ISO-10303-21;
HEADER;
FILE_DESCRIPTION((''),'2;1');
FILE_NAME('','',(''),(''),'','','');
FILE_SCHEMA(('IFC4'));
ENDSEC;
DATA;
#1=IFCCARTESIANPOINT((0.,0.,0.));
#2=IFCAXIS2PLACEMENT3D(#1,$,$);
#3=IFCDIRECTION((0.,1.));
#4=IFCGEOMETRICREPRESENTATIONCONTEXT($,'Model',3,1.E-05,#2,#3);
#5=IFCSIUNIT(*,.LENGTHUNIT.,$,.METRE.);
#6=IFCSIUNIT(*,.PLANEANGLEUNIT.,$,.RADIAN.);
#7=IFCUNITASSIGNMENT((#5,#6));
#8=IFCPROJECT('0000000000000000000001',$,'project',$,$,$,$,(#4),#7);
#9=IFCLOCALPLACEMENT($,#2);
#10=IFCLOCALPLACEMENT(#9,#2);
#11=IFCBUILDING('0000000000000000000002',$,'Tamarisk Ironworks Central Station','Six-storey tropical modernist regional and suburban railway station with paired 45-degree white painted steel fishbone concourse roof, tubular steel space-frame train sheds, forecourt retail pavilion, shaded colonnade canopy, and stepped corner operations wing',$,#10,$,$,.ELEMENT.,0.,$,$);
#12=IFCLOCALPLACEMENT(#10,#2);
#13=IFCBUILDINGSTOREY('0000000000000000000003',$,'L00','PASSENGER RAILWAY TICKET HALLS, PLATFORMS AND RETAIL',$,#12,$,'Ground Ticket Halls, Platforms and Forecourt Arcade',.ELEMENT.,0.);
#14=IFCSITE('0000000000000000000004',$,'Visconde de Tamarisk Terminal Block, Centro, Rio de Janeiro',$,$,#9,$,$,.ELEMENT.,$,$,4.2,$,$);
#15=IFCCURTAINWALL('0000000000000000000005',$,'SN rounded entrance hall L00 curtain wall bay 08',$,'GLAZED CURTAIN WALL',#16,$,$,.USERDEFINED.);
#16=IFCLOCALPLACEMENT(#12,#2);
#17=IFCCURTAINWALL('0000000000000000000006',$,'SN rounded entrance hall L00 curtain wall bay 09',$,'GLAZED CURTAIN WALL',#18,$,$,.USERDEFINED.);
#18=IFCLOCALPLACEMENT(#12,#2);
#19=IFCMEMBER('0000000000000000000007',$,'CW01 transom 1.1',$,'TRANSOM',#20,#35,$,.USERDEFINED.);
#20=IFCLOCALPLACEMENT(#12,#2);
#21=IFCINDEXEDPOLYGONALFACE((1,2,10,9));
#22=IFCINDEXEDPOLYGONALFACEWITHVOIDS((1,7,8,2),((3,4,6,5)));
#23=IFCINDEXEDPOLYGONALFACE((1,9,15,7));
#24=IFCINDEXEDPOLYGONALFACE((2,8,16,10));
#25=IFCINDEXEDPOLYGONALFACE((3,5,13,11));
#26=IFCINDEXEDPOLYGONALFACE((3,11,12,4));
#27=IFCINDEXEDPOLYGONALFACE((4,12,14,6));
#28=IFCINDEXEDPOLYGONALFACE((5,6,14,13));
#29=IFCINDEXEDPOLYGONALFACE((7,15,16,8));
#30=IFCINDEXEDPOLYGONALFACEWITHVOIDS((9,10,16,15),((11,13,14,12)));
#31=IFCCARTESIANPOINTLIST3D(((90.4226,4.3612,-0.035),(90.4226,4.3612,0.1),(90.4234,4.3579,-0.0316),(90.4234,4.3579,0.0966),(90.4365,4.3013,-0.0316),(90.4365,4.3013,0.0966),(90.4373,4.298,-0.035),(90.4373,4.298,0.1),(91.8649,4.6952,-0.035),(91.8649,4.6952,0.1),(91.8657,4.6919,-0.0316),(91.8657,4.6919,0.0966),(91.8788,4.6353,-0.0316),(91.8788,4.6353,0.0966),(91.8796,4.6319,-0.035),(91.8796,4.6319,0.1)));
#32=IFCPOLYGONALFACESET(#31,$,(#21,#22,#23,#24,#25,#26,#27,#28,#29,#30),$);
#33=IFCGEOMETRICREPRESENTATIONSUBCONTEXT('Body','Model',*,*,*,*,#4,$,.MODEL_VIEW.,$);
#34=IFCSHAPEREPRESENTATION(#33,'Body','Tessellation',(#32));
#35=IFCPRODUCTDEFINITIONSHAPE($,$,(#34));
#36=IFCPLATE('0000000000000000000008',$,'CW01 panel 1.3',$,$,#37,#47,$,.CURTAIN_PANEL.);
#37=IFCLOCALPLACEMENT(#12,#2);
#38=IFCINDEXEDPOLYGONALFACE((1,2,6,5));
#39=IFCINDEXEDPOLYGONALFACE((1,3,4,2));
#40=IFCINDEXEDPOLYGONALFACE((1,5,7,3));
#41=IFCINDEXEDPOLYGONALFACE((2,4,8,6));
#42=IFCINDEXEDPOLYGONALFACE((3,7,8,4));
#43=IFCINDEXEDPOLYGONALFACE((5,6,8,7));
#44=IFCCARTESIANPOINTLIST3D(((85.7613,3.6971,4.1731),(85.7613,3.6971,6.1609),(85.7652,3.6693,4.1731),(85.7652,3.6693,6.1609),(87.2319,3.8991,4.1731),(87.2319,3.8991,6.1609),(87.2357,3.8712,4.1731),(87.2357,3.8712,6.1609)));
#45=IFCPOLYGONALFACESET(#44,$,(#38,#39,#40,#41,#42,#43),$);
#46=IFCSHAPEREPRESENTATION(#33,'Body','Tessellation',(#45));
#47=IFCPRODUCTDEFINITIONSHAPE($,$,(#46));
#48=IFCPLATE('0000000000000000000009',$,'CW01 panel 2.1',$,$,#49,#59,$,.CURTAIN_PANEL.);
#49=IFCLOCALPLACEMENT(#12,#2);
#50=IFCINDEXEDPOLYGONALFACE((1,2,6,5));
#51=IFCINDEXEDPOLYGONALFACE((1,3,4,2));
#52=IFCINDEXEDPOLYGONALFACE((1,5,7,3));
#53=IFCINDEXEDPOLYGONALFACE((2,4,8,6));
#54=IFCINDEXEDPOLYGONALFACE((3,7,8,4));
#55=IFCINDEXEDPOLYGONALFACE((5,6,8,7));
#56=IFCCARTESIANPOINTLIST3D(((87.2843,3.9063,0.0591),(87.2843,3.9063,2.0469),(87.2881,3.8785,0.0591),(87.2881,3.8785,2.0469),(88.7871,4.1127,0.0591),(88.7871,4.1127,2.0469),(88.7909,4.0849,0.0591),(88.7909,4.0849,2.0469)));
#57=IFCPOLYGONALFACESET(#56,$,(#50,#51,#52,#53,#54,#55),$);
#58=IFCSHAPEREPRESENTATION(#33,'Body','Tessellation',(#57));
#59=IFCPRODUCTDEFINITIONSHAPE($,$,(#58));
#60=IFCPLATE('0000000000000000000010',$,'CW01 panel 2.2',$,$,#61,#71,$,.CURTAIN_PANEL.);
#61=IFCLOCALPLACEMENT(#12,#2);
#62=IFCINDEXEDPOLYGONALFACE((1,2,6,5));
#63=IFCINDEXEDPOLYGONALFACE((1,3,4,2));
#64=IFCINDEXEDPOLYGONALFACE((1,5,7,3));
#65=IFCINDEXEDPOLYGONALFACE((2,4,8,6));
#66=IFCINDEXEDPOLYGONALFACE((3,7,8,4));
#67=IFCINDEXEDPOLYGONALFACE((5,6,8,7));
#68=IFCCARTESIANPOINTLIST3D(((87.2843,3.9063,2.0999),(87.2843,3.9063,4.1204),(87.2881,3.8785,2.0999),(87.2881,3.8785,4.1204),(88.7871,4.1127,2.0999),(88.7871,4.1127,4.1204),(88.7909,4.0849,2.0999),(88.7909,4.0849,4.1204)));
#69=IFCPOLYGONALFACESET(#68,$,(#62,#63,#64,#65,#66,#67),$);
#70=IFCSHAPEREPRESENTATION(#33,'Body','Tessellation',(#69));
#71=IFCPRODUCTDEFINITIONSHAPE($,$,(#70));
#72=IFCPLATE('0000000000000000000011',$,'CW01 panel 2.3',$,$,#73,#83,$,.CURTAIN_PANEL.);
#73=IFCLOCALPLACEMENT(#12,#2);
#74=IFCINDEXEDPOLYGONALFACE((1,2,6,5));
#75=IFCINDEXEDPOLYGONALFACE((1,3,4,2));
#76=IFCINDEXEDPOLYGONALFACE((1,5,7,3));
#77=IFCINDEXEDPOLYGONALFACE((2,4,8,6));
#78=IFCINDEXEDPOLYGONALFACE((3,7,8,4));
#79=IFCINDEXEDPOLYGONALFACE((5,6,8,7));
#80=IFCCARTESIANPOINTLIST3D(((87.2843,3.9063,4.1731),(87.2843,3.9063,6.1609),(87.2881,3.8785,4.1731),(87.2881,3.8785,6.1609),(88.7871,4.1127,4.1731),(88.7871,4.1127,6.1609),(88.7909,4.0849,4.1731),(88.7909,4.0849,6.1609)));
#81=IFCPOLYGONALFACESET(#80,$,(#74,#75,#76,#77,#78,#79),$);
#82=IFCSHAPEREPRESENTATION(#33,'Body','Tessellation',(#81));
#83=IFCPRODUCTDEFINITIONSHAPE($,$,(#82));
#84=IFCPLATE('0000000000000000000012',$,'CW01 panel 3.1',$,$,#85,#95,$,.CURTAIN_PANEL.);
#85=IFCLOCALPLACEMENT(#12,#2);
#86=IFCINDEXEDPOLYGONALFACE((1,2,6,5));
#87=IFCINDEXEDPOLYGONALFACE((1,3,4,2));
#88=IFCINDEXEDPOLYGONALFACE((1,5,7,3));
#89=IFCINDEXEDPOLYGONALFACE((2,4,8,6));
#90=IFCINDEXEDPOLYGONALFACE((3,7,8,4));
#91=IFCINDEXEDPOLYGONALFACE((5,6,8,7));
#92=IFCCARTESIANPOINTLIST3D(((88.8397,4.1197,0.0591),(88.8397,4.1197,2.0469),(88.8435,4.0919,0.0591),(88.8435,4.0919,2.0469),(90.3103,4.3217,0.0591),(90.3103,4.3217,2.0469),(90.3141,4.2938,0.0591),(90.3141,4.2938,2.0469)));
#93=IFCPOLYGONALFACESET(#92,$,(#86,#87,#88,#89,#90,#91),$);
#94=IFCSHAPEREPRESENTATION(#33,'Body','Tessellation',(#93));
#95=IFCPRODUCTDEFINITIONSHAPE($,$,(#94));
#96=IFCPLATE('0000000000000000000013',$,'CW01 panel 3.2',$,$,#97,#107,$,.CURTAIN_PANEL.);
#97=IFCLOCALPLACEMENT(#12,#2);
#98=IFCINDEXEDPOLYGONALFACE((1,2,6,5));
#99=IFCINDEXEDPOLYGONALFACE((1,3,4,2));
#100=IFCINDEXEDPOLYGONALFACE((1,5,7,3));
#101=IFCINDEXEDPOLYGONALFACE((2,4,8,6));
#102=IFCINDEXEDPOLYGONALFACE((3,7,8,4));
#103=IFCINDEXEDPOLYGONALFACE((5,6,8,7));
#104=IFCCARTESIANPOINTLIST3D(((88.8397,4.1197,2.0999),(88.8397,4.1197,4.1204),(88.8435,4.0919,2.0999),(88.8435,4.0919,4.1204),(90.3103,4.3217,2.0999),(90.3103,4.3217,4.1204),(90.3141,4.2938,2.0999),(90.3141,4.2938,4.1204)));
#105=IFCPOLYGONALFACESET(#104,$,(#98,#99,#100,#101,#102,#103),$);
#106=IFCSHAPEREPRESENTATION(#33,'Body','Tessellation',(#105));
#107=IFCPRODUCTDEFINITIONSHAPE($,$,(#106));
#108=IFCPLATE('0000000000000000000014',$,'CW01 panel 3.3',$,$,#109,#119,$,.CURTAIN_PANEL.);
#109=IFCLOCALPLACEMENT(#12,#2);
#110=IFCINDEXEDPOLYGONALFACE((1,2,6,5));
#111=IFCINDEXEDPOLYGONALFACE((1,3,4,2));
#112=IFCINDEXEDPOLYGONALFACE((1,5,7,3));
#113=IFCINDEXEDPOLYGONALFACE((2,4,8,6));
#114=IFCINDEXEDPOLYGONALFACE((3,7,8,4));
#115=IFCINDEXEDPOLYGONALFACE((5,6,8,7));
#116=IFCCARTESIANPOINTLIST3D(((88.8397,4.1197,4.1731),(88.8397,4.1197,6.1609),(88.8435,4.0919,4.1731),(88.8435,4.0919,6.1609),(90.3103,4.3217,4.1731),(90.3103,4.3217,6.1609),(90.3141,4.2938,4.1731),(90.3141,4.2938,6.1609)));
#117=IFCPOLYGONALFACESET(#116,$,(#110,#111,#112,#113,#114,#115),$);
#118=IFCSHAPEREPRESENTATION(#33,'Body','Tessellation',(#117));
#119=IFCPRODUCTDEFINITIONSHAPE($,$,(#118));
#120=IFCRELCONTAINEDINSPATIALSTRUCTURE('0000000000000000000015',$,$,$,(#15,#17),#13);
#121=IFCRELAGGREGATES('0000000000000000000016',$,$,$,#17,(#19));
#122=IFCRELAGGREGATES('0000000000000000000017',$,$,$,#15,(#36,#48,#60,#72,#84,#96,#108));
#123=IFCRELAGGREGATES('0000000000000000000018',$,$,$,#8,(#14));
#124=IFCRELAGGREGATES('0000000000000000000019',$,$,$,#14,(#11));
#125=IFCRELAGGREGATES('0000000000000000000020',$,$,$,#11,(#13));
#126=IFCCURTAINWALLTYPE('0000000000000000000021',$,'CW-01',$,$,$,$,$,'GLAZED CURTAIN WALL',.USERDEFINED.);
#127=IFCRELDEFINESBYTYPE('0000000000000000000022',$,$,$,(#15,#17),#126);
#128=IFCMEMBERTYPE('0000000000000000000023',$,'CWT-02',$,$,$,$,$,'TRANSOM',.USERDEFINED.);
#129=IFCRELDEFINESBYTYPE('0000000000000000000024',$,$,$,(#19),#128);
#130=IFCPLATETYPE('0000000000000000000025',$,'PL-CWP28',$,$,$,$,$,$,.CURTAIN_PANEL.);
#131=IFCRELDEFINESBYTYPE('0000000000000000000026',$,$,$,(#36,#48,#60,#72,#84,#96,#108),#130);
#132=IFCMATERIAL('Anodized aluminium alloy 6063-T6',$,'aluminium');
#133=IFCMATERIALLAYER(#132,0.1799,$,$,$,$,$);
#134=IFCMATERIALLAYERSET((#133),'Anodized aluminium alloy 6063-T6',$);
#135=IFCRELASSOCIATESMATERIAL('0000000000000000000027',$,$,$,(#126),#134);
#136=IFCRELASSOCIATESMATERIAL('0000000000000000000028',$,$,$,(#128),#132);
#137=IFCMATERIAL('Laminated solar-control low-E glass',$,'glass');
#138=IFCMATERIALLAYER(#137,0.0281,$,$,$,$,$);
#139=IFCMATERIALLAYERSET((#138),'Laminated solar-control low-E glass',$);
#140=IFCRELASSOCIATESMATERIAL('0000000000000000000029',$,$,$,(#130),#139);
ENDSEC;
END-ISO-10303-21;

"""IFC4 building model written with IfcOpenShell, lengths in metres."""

from ifc_helpers import new_model, si_unit, direction, frame, origin, origin_2d, place, context, subcontext, project, spatial, rectangle, hollow_rectangle, extrude, material, layer, layer_set, material_profile, profile_set, type_object, element, aggregate, save


model = new_model("IFC4")

# Units and contexts
model_context = context("Model", 3, precision=1e-05, world=origin(), true_north=direction((0.0, 1.0)))
body_context = subcontext(model_context, "Body", "Model", "MODEL_VIEW")
ifc_project = project(units=[si_unit("LENGTHUNIT", "METRE"), si_unit("PLANEANGLEUNIT", "RADIAN")], contexts=[model_context])

# Site, building, storey
site_placement = place(None, origin())
site = spatial("IfcSite", under=ifc_project, at=site_placement, Name="Visconde de Tamarisk Terminal Block, Centro, Rio de Janeiro", CompositionType="ELEMENT", RefElevation=4.2)
building_placement = place(site_placement, origin())
building = spatial("IfcBuilding", under=site, at=building_placement, Name="Tamarisk Ironworks Central Station", Description="Six-storey tropical modernist regional and suburban railway station with paired 45-degree white painted steel fishbone concourse roof, tubular steel space-frame train sheds, forecourt retail pavilion, shaded colonnade canopy, and stepped corner operations wing", CompositionType="ELEMENT", ElevationOfRefHeight=0.0)
storey_placement = place(building_placement, origin())
storey = spatial("IfcBuildingStorey", under=building, at=storey_placement, Name="L00", Description="PASSENGER RAILWAY TICKET HALLS, PLATFORMS AND RETAIL", LongName="Ground Ticket Halls, Platforms and Forecourt Arcade", CompositionType="ELEMENT", Elevation=0.0)

# Curtain wall
ifc_material_1 = material(Name="Anodized aluminium alloy 6063-T6", Category="aluminium")
ifc_layer_1 = layer(ifc_material_1, 0.1799)
ifc_layer_set_1 = layer_set([ifc_layer_1], Name="Anodized aluminium alloy 6063-T6")
curtain_wall_type = type_object("IfcCurtainWallType", Name="CW-01", ElementType="GLAZED CURTAIN WALL", PredefinedType="USERDEFINED", material=ifc_layer_set_1)
curtain_wall_1_placement = place(storey_placement, origin())
curtain_wall_1 = element("IfcCurtainWall", 1, at=curtain_wall_1_placement, inside=storey, type_object=curtain_wall_type, Name="SN rounded entrance hall L00 curtain wall bay 08", ObjectType="GLAZED CURTAIN WALL", PredefinedType="USERDEFINED")

# Curtain wall
curtain_wall_2_placement = place(storey_placement, origin())
curtain_wall_2 = element("IfcCurtainWall", 2, at=curtain_wall_2_placement, inside=storey, type_object=curtain_wall_type, Name="SN rounded entrance hall L00 curtain wall bay 09", ObjectType="GLAZED CURTAIN WALL", PredefinedType="USERDEFINED")

# Member
ifc_material_profile_1 = material_profile(ifc_material_1, hollow_rectangle(XDim=0.0649, YDim=0.135, WallThickness=0.0034, at=origin_2d()), Name="ALUM 135x65")
ifc_profile_set_1 = profile_set([ifc_material_profile_1], Name="Anodized aluminium alloy 6063-T6")
member_type_1 = type_object("IfcMemberType", Name="CWT-02", ElementType="TRANSOM", PredefinedType="USERDEFINED", material=ifc_profile_set_1)
member_1_placement = place(storey_placement, frame((90.4299, 4.3296, 0.0325), z_axis=(0.974224, 0.225582, 0.0), x_axis=(-0.225582, 0.974224, 0.0)))
member_1 = element("IfcMember", 3, at=member_1_placement, type_object=member_type_1, Name="CW01 transom 1.1", ObjectType="TRANSOM", PredefinedType="USERDEFINED", context=body_context, shape_type="SweptSolid", body=[
    extrude(hollow_rectangle(XDim=0.0649, YDim=0.135, WallThickness=0.0034, at=origin_2d()), origin(), (0.0, 0.0, 1.0), 1.4805),
])
aggregate(curtain_wall_2, [member_1])

# Plates
ifc_material_2 = material(Name="Laminated solar-control low-E glass", Category="glass")
ifc_layer_2 = layer(ifc_material_2, 0.0281)
ifc_layer_set_2 = layer_set([ifc_layer_2], Name="Laminated solar-control low-E glass")
plate_type = type_object("IfcPlateType", Name="PL-CWP28", PredefinedType="CURTAIN_PANEL", material=ifc_layer_set_2)
plate_1_placement = place(storey_placement, frame((86.4985, 3.7842, 4.1731), z_axis=(0.0, 0.0, 1.0), x_axis=(0.990703, 0.136042, 0.0)))
plate_1 = element("IfcPlate", 4, at=plate_1_placement, type_object=plate_type, Name="CW01 panel 1.3", PredefinedType="CURTAIN_PANEL", context=body_context, shape_type="SweptSolid", body=[
    extrude(rectangle(XDim=1.4844, YDim=0.0281, at=origin_2d()), origin(), (0.0, 0.0, 1.0), 1.9878),
])
plate_2_placement = place(storey_placement, frame((88.0376, 3.9956, 0.0591), z_axis=(0.0, 0.0, 1.0), x_axis=(0.990703, 0.136042, 0.0)))
plate_2 = element("IfcPlate", 5, at=plate_2_placement, type_object=plate_type, Name="CW01 panel 2.1", PredefinedType="CURTAIN_PANEL", context=body_context, shape_type="SweptSolid", body=[
    extrude(rectangle(XDim=1.5168, YDim=0.0281, at=origin_2d()), origin(), (0.0, 0.0, 1.0), 1.9878),
])
plate_3_placement = place(storey_placement, frame((88.0376, 3.9956, 2.0999), z_axis=(0.0, 0.0, 1.0), x_axis=(0.990703, 0.136042, 0.0)))
plate_3 = element("IfcPlate", 6, at=plate_3_placement, type_object=plate_type, Name="CW01 panel 2.2", PredefinedType="CURTAIN_PANEL", context=body_context, shape_type="SweptSolid", body=[
    extrude(rectangle(XDim=1.5168, YDim=0.0281, at=origin_2d()), origin(), (0.0, 0.0, 1.0), 2.0205),
])
plate_4_placement = place(storey_placement, frame((88.0376, 3.9956, 4.1731), z_axis=(0.0, 0.0, 1.0), x_axis=(0.990703, 0.136042, 0.0)))
plate_4 = element("IfcPlate", 7, at=plate_4_placement, type_object=plate_type, Name="CW01 panel 2.3", PredefinedType="CURTAIN_PANEL", context=body_context, shape_type="SweptSolid", body=[
    extrude(rectangle(XDim=1.5168, YDim=0.0281, at=origin_2d()), origin(), (0.0, 0.0, 1.0), 1.9878),
])
plate_5_placement = place(storey_placement, frame((89.5769, 4.2068, 0.0591), z_axis=(0.0, 0.0, 1.0), x_axis=(0.990703, 0.136042, 0.0)))
plate_5 = element("IfcPlate", 8, at=plate_5_placement, type_object=plate_type, Name="CW01 panel 3.1", PredefinedType="CURTAIN_PANEL", context=body_context, shape_type="SweptSolid", body=[
    extrude(rectangle(XDim=1.4844, YDim=0.0281, at=origin_2d()), origin(), (0.0, 0.0, 1.0), 1.9878),
])
plate_6_placement = place(storey_placement, frame((89.5769, 4.2068, 2.0999), z_axis=(0.0, 0.0, 1.0), x_axis=(0.990703, 0.136042, 0.0)))
plate_6 = element("IfcPlate", 9, at=plate_6_placement, type_object=plate_type, Name="CW01 panel 3.2", PredefinedType="CURTAIN_PANEL", context=body_context, shape_type="SweptSolid", body=[
    extrude(rectangle(XDim=1.4844, YDim=0.0281, at=origin_2d()), origin(), (0.0, 0.0, 1.0), 2.0205),
])
plate_7_placement = place(storey_placement, frame((89.5769, 4.2068, 4.1731), z_axis=(0.0, 0.0, 1.0), x_axis=(0.990703, 0.136042, 0.0)))
plate_7 = element("IfcPlate", 10, at=plate_7_placement, type_object=plate_type, Name="CW01 panel 3.3", PredefinedType="CURTAIN_PANEL", context=body_context, shape_type="SweptSolid", body=[
    extrude(rectangle(XDim=1.4844, YDim=0.0281, at=origin_2d()), origin(), (0.0, 0.0, 1.0), 1.9878),
])
aggregate(curtain_wall_1, [plate_1, plate_2, plate_3, plate_4, plate_5, plate_6, plate_7])

save(model, "model.ifc")
